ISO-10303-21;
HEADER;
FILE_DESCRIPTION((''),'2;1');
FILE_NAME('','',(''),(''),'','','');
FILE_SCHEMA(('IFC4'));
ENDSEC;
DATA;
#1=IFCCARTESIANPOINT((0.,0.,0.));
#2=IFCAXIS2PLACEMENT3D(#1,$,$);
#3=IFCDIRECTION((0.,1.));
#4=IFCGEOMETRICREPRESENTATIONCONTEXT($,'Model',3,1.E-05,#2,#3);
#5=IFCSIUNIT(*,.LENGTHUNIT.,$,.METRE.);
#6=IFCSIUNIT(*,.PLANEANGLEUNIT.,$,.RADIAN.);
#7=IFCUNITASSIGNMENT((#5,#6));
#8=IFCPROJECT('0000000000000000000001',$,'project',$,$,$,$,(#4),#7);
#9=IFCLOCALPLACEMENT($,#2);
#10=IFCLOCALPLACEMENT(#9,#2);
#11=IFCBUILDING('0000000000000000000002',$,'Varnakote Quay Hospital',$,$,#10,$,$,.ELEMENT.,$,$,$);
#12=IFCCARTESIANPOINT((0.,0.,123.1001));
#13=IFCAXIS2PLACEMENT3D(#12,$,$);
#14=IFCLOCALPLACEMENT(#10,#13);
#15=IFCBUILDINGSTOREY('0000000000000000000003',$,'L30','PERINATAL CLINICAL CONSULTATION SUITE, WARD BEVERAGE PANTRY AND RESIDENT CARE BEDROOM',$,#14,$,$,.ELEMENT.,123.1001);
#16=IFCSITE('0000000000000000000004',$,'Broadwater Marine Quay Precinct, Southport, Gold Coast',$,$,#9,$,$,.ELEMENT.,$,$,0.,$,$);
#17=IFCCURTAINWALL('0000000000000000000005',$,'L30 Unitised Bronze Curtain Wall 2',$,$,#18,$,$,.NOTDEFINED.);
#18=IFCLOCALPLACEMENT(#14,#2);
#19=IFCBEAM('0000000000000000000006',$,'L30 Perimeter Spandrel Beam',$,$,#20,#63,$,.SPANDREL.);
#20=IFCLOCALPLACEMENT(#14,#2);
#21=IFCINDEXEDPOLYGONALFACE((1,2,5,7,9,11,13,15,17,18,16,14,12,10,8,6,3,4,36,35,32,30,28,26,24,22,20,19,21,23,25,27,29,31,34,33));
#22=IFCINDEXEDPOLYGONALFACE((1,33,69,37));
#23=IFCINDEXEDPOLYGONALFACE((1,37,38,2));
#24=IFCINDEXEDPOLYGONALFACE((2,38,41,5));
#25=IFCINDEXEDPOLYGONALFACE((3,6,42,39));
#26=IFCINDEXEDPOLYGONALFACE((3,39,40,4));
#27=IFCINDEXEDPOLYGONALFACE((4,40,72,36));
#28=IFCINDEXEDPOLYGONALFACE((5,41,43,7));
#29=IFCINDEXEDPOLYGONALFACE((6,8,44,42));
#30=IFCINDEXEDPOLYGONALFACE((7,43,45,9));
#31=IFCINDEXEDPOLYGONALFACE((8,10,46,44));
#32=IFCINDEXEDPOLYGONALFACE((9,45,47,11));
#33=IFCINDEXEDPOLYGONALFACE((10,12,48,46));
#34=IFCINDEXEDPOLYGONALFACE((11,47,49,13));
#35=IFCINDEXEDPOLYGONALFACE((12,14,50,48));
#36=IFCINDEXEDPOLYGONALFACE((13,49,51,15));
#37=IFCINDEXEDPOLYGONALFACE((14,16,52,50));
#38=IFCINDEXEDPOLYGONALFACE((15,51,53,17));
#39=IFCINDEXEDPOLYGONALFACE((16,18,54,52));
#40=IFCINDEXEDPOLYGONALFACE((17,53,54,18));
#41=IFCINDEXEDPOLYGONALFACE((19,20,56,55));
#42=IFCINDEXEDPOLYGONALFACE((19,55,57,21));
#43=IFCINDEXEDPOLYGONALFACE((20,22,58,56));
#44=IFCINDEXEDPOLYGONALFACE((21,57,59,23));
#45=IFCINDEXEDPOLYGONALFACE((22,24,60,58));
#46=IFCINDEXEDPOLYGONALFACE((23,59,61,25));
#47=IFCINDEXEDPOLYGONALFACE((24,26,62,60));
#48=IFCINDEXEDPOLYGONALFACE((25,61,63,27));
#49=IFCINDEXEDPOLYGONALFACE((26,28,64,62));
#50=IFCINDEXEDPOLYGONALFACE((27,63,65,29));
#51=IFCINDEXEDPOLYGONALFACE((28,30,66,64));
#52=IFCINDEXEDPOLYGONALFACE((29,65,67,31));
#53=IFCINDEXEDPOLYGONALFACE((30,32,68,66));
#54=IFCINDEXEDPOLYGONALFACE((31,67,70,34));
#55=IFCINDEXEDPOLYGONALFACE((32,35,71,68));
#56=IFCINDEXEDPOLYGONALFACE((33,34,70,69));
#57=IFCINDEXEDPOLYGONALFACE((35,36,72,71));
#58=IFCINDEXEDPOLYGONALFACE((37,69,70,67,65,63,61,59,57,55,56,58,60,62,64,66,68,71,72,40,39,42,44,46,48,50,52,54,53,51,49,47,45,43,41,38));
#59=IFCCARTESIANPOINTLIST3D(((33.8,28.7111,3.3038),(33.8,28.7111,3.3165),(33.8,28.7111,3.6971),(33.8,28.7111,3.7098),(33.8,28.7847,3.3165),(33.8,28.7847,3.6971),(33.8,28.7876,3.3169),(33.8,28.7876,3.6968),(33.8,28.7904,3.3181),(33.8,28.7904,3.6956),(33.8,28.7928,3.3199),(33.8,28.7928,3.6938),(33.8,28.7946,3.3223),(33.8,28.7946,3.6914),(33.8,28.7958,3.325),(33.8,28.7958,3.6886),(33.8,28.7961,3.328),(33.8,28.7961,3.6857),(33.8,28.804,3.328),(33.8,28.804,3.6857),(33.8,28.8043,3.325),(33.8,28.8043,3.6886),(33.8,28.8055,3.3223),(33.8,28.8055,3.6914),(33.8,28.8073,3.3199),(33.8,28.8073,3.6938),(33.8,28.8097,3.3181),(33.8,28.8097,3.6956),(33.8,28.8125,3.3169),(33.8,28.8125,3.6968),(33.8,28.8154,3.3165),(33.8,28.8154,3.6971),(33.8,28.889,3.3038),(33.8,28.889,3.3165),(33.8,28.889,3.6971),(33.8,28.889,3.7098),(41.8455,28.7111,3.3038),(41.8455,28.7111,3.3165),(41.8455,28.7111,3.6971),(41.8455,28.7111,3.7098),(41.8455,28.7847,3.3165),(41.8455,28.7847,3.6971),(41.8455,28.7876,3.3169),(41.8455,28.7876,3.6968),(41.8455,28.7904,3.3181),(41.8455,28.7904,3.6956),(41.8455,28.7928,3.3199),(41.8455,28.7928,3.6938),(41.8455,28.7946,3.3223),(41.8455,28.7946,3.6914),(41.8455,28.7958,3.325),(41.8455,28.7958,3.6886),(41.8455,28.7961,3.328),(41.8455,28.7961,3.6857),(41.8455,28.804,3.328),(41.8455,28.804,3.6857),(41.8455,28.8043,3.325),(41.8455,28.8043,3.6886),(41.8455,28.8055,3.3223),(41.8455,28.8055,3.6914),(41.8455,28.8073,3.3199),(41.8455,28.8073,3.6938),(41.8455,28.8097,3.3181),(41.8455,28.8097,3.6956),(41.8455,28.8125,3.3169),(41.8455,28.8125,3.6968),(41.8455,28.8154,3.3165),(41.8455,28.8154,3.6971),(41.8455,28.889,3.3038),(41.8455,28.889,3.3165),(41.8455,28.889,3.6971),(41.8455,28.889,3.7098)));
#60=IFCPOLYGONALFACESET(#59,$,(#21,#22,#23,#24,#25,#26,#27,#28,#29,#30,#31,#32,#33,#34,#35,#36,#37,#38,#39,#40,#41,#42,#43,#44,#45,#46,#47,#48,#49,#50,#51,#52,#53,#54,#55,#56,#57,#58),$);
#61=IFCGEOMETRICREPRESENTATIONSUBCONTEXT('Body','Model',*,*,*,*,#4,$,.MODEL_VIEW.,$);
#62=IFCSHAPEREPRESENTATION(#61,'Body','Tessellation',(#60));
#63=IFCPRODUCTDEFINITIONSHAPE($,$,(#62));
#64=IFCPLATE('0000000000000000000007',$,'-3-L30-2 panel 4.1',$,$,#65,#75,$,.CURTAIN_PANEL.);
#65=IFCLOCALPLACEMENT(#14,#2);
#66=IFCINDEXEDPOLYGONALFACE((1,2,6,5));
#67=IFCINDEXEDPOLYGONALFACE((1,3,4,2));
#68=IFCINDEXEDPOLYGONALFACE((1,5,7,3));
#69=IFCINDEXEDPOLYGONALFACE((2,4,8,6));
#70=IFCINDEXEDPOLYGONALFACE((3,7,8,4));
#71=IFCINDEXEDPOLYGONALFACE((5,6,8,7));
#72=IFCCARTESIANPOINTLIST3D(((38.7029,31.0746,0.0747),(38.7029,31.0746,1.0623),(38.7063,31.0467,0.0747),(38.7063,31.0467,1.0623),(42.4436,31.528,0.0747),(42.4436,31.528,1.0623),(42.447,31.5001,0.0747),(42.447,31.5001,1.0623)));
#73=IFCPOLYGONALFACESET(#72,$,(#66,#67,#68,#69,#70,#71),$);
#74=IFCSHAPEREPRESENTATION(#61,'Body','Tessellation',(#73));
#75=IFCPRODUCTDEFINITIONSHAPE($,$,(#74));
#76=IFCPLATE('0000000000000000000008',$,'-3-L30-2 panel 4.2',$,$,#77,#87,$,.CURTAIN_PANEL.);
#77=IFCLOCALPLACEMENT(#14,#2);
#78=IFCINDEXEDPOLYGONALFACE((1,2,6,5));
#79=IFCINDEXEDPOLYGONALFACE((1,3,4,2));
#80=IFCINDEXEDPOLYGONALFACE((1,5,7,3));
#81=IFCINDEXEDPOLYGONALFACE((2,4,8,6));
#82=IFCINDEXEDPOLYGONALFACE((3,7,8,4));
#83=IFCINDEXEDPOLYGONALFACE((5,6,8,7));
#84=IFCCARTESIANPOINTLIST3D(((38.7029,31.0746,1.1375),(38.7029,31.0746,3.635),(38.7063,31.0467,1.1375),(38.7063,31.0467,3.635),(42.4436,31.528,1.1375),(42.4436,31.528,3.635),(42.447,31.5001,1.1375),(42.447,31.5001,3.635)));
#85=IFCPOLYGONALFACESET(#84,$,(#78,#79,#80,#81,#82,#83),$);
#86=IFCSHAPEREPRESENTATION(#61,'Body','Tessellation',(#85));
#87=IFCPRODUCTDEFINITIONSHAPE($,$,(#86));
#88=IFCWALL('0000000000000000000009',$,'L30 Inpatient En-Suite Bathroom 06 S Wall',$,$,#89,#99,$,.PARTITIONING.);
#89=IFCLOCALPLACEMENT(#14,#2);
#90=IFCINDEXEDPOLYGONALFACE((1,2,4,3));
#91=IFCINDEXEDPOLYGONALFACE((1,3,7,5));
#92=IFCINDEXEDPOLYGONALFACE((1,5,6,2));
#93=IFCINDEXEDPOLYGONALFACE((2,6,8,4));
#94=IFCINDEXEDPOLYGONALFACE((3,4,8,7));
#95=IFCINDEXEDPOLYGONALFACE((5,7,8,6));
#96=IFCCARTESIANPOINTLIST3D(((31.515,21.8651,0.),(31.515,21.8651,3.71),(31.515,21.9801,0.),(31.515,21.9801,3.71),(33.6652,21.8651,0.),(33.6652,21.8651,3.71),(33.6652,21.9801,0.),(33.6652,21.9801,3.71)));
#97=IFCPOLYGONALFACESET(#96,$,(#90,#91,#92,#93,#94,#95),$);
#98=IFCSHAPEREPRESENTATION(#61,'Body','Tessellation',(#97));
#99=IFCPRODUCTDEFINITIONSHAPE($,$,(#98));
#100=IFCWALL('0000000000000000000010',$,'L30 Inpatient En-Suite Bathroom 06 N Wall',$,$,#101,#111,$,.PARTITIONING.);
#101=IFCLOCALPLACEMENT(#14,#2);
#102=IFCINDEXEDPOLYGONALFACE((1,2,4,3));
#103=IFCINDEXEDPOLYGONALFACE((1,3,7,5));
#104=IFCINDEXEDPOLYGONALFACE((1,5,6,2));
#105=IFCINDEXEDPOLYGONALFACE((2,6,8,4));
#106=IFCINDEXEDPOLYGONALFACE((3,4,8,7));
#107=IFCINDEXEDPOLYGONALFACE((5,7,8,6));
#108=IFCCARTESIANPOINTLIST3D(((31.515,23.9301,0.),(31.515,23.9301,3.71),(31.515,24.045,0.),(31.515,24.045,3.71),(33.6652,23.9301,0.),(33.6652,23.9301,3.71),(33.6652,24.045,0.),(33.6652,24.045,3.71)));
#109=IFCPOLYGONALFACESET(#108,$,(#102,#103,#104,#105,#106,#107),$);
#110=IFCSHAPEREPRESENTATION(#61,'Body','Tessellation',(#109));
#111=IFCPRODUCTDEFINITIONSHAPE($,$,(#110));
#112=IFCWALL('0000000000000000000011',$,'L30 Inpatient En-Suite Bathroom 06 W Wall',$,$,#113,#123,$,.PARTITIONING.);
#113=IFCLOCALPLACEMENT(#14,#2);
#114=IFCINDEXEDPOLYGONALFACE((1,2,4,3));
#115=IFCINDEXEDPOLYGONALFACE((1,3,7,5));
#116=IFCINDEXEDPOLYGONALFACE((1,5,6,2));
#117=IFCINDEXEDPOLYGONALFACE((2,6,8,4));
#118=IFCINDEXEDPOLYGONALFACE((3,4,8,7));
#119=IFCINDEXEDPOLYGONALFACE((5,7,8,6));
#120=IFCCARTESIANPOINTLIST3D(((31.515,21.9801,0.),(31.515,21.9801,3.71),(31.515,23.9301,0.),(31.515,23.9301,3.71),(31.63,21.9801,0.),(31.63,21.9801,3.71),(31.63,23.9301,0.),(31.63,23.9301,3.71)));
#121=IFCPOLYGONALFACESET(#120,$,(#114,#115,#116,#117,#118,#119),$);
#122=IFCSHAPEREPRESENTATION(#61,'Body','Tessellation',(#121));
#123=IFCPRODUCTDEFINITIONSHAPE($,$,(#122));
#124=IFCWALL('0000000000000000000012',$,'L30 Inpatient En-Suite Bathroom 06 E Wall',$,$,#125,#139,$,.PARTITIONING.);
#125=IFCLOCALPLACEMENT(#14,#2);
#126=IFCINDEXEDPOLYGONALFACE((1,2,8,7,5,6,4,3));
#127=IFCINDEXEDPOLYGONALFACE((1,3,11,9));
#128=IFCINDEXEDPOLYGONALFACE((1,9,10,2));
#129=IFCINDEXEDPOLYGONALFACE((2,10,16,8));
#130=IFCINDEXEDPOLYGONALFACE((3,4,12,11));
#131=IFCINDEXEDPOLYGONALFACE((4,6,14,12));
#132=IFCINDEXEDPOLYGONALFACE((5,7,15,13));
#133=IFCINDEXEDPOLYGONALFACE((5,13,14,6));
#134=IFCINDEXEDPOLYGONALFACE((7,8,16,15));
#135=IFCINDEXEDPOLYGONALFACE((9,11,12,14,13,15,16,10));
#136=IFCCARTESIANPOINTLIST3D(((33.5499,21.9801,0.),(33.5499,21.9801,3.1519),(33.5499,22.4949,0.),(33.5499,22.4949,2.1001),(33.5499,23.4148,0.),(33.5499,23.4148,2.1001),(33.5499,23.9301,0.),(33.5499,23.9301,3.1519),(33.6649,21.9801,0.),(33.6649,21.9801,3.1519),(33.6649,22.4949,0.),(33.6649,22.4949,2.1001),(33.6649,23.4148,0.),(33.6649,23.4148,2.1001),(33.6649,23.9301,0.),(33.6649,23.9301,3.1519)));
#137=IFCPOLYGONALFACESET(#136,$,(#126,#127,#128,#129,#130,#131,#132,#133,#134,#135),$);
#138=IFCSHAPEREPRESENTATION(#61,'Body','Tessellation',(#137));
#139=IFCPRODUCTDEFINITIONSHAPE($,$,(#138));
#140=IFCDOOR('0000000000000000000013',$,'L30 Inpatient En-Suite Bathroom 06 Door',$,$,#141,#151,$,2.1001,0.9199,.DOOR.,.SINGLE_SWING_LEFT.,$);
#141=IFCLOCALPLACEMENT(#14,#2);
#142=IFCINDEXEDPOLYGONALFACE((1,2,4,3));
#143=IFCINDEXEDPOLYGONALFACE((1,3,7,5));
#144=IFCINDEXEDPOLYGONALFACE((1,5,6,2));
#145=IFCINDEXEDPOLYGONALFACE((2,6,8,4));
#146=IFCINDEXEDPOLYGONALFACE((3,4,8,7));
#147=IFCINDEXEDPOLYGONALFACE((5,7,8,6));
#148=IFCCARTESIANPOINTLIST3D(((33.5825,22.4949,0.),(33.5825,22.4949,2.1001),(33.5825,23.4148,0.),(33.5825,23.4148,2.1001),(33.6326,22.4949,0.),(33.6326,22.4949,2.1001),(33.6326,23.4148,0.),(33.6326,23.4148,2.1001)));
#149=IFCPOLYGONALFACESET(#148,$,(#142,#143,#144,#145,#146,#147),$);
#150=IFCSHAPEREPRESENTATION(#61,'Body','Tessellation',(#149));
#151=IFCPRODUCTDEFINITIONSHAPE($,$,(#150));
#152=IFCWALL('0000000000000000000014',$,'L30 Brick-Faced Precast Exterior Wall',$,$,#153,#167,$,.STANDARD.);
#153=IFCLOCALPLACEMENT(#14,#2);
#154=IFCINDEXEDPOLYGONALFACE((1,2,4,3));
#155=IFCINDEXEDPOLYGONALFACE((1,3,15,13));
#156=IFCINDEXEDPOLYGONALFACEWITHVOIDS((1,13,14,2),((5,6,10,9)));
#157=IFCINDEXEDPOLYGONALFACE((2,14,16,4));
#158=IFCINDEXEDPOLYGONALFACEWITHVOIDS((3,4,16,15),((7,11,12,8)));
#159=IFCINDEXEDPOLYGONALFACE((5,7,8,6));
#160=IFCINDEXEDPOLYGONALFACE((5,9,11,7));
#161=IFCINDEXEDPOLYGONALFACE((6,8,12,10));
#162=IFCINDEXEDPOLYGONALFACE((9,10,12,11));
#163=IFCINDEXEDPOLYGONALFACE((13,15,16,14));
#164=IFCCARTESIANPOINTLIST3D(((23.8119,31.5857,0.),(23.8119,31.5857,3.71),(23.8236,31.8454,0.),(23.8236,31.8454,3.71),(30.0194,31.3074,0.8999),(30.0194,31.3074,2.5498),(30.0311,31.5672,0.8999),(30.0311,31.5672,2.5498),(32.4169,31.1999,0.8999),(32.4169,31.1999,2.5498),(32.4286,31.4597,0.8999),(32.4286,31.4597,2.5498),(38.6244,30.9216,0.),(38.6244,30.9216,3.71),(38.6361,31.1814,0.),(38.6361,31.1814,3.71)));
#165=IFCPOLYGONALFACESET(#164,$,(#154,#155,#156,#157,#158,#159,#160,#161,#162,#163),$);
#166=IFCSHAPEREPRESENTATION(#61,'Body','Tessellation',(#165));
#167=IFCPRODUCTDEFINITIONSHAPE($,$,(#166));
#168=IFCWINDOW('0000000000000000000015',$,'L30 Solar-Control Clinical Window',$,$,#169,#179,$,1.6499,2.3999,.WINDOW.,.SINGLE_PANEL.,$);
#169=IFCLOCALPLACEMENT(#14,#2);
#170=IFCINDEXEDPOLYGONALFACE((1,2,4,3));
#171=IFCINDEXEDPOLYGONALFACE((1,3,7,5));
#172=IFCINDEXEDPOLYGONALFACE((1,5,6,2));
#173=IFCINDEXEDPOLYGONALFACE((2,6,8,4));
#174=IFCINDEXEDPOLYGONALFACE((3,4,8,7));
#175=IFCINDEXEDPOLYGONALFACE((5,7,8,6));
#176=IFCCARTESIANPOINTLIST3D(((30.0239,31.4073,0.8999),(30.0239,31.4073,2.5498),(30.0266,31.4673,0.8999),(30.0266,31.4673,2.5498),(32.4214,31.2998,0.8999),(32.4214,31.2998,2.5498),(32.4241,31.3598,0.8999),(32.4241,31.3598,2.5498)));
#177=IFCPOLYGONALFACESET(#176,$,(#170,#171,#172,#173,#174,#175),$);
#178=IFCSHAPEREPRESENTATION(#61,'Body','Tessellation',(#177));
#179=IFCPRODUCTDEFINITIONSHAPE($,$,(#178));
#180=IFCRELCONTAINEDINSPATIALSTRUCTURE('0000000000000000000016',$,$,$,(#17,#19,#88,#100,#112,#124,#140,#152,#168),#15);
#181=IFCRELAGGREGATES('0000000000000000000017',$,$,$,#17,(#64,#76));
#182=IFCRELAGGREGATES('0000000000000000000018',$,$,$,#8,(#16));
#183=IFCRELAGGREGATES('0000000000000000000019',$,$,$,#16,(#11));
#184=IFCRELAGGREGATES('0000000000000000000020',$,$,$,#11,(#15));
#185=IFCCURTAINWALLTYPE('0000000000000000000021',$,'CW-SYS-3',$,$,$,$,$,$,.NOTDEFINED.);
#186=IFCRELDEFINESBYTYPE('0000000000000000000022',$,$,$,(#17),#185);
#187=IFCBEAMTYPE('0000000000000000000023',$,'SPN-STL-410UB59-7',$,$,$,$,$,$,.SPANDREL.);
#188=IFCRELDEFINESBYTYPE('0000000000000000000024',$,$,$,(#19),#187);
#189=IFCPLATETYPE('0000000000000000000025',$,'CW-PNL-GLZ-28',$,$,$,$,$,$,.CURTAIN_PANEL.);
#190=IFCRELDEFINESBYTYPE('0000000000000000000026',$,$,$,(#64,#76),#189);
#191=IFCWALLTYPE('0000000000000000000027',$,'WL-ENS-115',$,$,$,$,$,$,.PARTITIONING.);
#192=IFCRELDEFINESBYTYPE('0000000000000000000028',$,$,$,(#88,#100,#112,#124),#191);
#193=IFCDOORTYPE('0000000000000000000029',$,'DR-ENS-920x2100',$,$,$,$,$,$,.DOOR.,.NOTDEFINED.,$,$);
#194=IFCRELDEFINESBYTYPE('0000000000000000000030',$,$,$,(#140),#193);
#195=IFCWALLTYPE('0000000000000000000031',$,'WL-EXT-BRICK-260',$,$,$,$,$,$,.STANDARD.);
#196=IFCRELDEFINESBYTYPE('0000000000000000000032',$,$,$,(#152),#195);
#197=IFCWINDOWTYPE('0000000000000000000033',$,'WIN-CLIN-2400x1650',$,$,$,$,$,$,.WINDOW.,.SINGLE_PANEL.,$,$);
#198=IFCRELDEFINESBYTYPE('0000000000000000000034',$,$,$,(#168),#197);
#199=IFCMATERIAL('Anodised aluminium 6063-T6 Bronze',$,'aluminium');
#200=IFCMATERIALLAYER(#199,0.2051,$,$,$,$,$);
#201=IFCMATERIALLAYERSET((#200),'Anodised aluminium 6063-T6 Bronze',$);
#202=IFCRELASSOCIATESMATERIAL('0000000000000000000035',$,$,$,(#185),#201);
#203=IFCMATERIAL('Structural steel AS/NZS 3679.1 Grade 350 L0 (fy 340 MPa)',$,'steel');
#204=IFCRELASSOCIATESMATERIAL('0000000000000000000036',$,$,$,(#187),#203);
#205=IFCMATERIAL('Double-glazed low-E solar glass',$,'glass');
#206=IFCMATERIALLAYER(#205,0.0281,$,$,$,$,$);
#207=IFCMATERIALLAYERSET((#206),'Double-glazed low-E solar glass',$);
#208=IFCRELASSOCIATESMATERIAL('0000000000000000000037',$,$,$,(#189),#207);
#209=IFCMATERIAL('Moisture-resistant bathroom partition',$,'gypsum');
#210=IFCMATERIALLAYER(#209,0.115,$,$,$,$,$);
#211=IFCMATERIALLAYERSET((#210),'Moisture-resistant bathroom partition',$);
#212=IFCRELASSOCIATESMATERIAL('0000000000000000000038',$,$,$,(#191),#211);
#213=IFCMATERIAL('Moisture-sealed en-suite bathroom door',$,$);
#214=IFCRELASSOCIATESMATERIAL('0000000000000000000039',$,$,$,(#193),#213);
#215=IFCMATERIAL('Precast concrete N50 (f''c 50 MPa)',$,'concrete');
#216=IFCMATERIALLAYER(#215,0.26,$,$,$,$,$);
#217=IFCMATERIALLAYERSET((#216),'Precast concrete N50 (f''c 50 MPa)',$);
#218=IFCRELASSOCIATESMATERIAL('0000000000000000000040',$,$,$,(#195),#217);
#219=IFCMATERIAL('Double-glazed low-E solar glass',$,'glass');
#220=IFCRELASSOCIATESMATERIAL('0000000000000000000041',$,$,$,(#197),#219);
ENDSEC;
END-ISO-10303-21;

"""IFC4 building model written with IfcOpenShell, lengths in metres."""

from ifc_helpers import new_model, si_unit, direction, frame, frame_2d, origin, origin_2d, place, context, subcontext, project, spatial, rectangle, i_section, extrude, material, layer, layer_set, material_profile, profile_set, type_object, element, fill, aggregate, save


model = new_model("IFC4")

# Units and contexts
model_context = context("Model", 3, precision=1e-05, world=origin(), true_north=direction((0.0, 1.0)))
body_context = subcontext(model_context, "Body", "Model", "MODEL_VIEW")
ifc_project = project(units=[si_unit("LENGTHUNIT", "METRE"), si_unit("PLANEANGLEUNIT", "RADIAN")], contexts=[model_context])

# Site, building, storey
site_placement = place(None, origin())
site = spatial("IfcSite", under=ifc_project, at=site_placement, Name="Broadwater Marine Quay Precinct, Southport, Gold Coast", CompositionType="ELEMENT", RefElevation=0.0)
building_placement = place(site_placement, origin())
building = spatial("IfcBuilding", under=site, at=building_placement, Name="Varnakote Quay Hospital", CompositionType="ELEMENT")
storey_placement = place(building_placement, frame((0.0, 0.0, 123.1001)))
storey = spatial("IfcBuildingStorey", under=building, at=storey_placement, Name="L30", Description="PERINATAL CLINICAL CONSULTATION SUITE, WARD BEVERAGE PANTRY AND RESIDENT CARE BEDROOM", CompositionType="ELEMENT", Elevation=123.1001)

# Curtain wall
ifc_material_1 = material(Name="Anodised aluminium 6063-T6 Bronze", Category="aluminium")
ifc_layer_1 = layer(ifc_material_1, 0.2051)
ifc_layer_set_1 = layer_set([ifc_layer_1], Name="Anodised aluminium 6063-T6 Bronze")
curtain_wall_type = type_object("IfcCurtainWallType", Name="CW-SYS-3", PredefinedType="NOTDEFINED", material=ifc_layer_set_1)
curtain_wall_placement = place(storey_placement, origin())
curtain_wall = element("IfcCurtainWall", 1, at=curtain_wall_placement, inside=storey, type_object=curtain_wall_type, Name="L30 Unitised Bronze Curtain Wall 2", PredefinedType="NOTDEFINED")

# Beam
ifc_material_2 = material(Name="Structural steel AS/NZS 3679.1 Grade 350 L0 (fy 340 MPa)", Category="steel")
ifc_material_profile_1 = material_profile(ifc_material_2, i_section(OverallWidth=0.178, OverallDepth=0.406, WebThickness=0.0078, FlangeThickness=0.0127, FilletRadius=0.0115, at=origin_2d()), Name="410UB59.7")
ifc_profile_set_1 = profile_set([ifc_material_profile_1], Name="Structural steel AS/NZS 3679.1 Grade 350 L0 (fy 340 MPa)")
beam_type_1 = type_object("IfcBeamType", Name="SPN-STL-410UB59-7", PredefinedType="SPANDREL", material=ifc_profile_set_1)
beam_1_placement = place(storey_placement, frame((33.8, 28.8, 3.5068), z_axis=(1.0, 0.0, 0.0), x_axis=(0.0, 1.0, 0.0)))
element("IfcBeam", 2, at=beam_1_placement, inside=storey, type_object=beam_type_1, Name="L30 Perimeter Spandrel Beam", PredefinedType="SPANDREL", context=body_context, shape_type="SweptSolid", body=[
    extrude(i_section(OverallWidth=0.178, OverallDepth=0.406, WebThickness=0.0078, FlangeThickness=0.0127, FilletRadius=0.0115, at=origin_2d()), origin(), (0.0, 0.0, 1.0), 8.0454),
])

# Plates
ifc_material_3 = material(Name="Double-glazed low-E solar glass", Category="glass")
ifc_layer_2 = layer(ifc_material_3, 0.0281)
ifc_layer_set_2 = layer_set([ifc_layer_2], Name="Double-glazed low-E solar glass")
plate_type = type_object("IfcPlateType", Name="CW-PNL-GLZ-28", PredefinedType="CURTAIN_PANEL", material=ifc_layer_set_2)
plate_1_placement = place(storey_placement, frame((40.575, 31.2874, 0.0747), z_axis=(0.0, 0.0, 1.0), x_axis=(-0.992734, -0.120327, 0.0)))
plate_1 = element("IfcPlate", 3, at=plate_1_placement, type_object=plate_type, Name="-3-L30-2 panel 4.1", PredefinedType="CURTAIN_PANEL", context=body_context, shape_type="SweptSolid", body=[
    extrude(rectangle(XDim=3.7681, YDim=0.0281, at=origin_2d()), origin(), (0.0, 0.0, 1.0), 0.9875),
])
plate_2_placement = place(storey_placement, frame((40.575, 31.2874, 1.1375), z_axis=(0.0, 0.0, 1.0), x_axis=(-0.992734, -0.120327, 0.0)))
plate_2 = element("IfcPlate", 4, at=plate_2_placement, type_object=plate_type, Name="-3-L30-2 panel 4.2", PredefinedType="CURTAIN_PANEL", context=body_context, shape_type="SweptSolid", body=[
    extrude(rectangle(XDim=3.7681, YDim=0.0281, at=origin_2d()), origin(), (0.0, 0.0, 1.0), 2.4976),
])
aggregate(curtain_wall, [plate_1, plate_2])

# Walls
ifc_material_4 = material(Name="Moisture-resistant bathroom partition", Category="gypsum")
ifc_layer_3 = layer(ifc_material_4, 0.115)
ifc_layer_set_3 = layer_set([ifc_layer_3], Name="Moisture-resistant bathroom partition")
wall_type_1 = type_object("IfcWallType", Name="WL-ENS-115", PredefinedType="PARTITIONING", material=ifc_layer_set_3)
for number, where, z_axis, x_axis, name in (
    (5, (31.5149, 21.9226, 0.0), (0.0, 0.0, 1.0), (1.0, 0.0, 0.0), "L30 Inpatient En-Suite Bathroom 06 S Wall"),
    (6, (31.5149, 23.9875, 0.0), (0.0, 0.0, 1.0), (1.0, 0.0, 0.0), "L30 Inpatient En-Suite Bathroom 06 N Wall"),
):
    element("IfcWall", number, at=place(storey_placement, frame(where, z_axis=z_axis, x_axis=x_axis)), inside=storey, type_object=wall_type_1, Name=name, PredefinedType="PARTITIONING", context=body_context, shape_type="SweptSolid", body=[
        extrude(rectangle(XDim=2.1501, YDim=0.115, at=frame_2d((1.0752, 0.0))), origin(), (0.0, 0.0, 1.0), 3.71),
    ])
wall_1_placement = place(storey_placement, frame((31.5725, 21.98, 0.0), z_axis=(0.0, 0.0, 1.0), x_axis=(0.0, 1.0, 0.0)))
element("IfcWall", 7, at=wall_1_placement, inside=storey, type_object=wall_type_1, Name="L30 Inpatient En-Suite Bathroom 06 W Wall", PredefinedType="PARTITIONING", context=body_context, shape_type="SweptSolid", body=[
    extrude(rectangle(XDim=1.95, YDim=0.115, at=frame_2d((0.9751, 0.0))), origin(), (0.0, 0.0, 1.0), 3.71),
])

# Wall, opening, door
wall_2_placement = place(storey_placement, frame((33.6074, 21.98, 0.0), z_axis=(0.0, 0.0, 1.0), x_axis=(0.0, 1.0, 0.0)))
wall_2 = element("IfcWall", 8, at=wall_2_placement, inside=storey, type_object=wall_type_1, Name="L30 Inpatient En-Suite Bathroom 06 E Wall", PredefinedType="PARTITIONING", context=body_context, shape_type="SweptSolid", body=[
    extrude(rectangle(XDim=1.95, YDim=0.115, at=frame_2d((0.9751, 0.0))), origin(), (0.0, 0.0, 1.0), 3.1519),
])
opening_1_placement = place(wall_2_placement, frame((0.5149, 0.0, 0.0)))
opening_1 = element("IfcOpeningElement", 9, at=opening_1_placement, cuts=wall_2, PredefinedType="OPENING", context=body_context, shape_type="SweptSolid", body=[
    extrude(rectangle(XDim=0.9199, YDim=2.1001, at=frame_2d((0.46, 1.05))), frame((0.0, 0.0674, 0.0), z_axis=(0.0, -1.0, 0.0), x_axis=(1.0, 0.0, 0.0)), (0.0, 0.0, 1.0), 0.135),
])
ifc_material_5 = material(Name="Moisture-sealed en-suite bathroom door")
door_type_1 = type_object("IfcDoorType", Name="DR-ENS-920x2100", OperationType="NOTDEFINED", PredefinedType="DOOR", material=ifc_material_5)
door_1_placement = place(opening_1_placement, origin())
door_1 = element("IfcDoor", 10, at=door_1_placement, inside=storey, type_object=door_type_1, Name="L30 Inpatient En-Suite Bathroom 06 Door", OperationType="SINGLE_SWING_LEFT", OverallHeight=2.1001, OverallWidth=0.9199, PredefinedType="DOOR", context=body_context, shape_type="SweptSolid", body=[
    extrude(rectangle(XDim=0.9199, YDim=2.1001, at=frame_2d((0.46, 1.05))), frame((0.0, 0.0249, 0.0), z_axis=(0.0, -1.0, 0.0), x_axis=(1.0, 0.0, 0.0)), (0.0, 0.0, 1.0), 0.05),
])
fill(opening_1, door_1)

# Wall, opening, window
ifc_material_6 = material(Name="Precast concrete N50 (f'c 50 MPa)", Category="concrete")
ifc_layer_4 = layer(ifc_material_6, 0.26)
ifc_layer_set_4 = layer_set([ifc_layer_4], Name="Precast concrete N50 (f'c 50 MPa)")
wall_type_2 = type_object("IfcWallType", Name="WL-EXT-BRICK-260", PredefinedType="STANDARD", material=ifc_layer_set_4)
wall_3_placement = place(storey_placement, frame((38.6301, 31.0515, 0.0), z_axis=(0.0, 0.0, 1.0), x_axis=(-0.998997, 0.044786, 0.0)))
wall_3 = element("IfcWall", 11, at=wall_3_placement, inside=storey, type_object=wall_type_2, Name="L30 Brick-Faced Precast Exterior Wall", PredefinedType="STANDARD", context=body_context, shape_type="SweptSolid", body=[
    extrude(rectangle(XDim=14.8274, YDim=0.26, at=frame_2d((7.4136, 0.0))), origin(), (0.0, 0.0, 1.0), 3.71),
])
opening_2_placement = place(wall_3_placement, frame((6.2136, 0.0, 0.8999)))
opening_2 = element("IfcOpeningElement", 12, at=opening_2_placement, cuts=wall_3, PredefinedType="OPENING", context=body_context, shape_type="SweptSolid", body=[
    extrude(rectangle(XDim=2.3999, YDim=1.6499, at=frame_2d((1.2, 0.825))), frame((0.0, 0.1399, 0.0), z_axis=(0.0, -1.0, 0.0), x_axis=(1.0, 0.0, 0.0)), (0.0, 0.0, 1.0), 0.28),
])
ifc_material_7 = material(Name="Double-glazed low-E solar glass", Category="glass")
window_type = type_object("IfcWindowType", Name="WIN-CLIN-2400x1650", PartitioningType="SINGLE_PANEL", PredefinedType="WINDOW", material=ifc_material_7)
window_placement = place(opening_2_placement, origin())
window = element("IfcWindow", 13, at=window_placement, inside=storey, type_object=window_type, Name="L30 Solar-Control Clinical Window", OverallHeight=1.6499, OverallWidth=2.3999, PartitioningType="SINGLE_PANEL", PredefinedType="WINDOW", context=body_context, shape_type="SweptSolid", body=[
    extrude(rectangle(XDim=2.3999, YDim=1.6499, at=frame_2d((1.2, 0.825))), frame((0.0, 0.03, 0.0), z_axis=(0.0, -1.0, 0.0), x_axis=(1.0, 0.0, 0.0)), (0.0, 0.0, 1.0), 0.0601),
])
fill(opening_2, window)

save(model, "model.ifc")
